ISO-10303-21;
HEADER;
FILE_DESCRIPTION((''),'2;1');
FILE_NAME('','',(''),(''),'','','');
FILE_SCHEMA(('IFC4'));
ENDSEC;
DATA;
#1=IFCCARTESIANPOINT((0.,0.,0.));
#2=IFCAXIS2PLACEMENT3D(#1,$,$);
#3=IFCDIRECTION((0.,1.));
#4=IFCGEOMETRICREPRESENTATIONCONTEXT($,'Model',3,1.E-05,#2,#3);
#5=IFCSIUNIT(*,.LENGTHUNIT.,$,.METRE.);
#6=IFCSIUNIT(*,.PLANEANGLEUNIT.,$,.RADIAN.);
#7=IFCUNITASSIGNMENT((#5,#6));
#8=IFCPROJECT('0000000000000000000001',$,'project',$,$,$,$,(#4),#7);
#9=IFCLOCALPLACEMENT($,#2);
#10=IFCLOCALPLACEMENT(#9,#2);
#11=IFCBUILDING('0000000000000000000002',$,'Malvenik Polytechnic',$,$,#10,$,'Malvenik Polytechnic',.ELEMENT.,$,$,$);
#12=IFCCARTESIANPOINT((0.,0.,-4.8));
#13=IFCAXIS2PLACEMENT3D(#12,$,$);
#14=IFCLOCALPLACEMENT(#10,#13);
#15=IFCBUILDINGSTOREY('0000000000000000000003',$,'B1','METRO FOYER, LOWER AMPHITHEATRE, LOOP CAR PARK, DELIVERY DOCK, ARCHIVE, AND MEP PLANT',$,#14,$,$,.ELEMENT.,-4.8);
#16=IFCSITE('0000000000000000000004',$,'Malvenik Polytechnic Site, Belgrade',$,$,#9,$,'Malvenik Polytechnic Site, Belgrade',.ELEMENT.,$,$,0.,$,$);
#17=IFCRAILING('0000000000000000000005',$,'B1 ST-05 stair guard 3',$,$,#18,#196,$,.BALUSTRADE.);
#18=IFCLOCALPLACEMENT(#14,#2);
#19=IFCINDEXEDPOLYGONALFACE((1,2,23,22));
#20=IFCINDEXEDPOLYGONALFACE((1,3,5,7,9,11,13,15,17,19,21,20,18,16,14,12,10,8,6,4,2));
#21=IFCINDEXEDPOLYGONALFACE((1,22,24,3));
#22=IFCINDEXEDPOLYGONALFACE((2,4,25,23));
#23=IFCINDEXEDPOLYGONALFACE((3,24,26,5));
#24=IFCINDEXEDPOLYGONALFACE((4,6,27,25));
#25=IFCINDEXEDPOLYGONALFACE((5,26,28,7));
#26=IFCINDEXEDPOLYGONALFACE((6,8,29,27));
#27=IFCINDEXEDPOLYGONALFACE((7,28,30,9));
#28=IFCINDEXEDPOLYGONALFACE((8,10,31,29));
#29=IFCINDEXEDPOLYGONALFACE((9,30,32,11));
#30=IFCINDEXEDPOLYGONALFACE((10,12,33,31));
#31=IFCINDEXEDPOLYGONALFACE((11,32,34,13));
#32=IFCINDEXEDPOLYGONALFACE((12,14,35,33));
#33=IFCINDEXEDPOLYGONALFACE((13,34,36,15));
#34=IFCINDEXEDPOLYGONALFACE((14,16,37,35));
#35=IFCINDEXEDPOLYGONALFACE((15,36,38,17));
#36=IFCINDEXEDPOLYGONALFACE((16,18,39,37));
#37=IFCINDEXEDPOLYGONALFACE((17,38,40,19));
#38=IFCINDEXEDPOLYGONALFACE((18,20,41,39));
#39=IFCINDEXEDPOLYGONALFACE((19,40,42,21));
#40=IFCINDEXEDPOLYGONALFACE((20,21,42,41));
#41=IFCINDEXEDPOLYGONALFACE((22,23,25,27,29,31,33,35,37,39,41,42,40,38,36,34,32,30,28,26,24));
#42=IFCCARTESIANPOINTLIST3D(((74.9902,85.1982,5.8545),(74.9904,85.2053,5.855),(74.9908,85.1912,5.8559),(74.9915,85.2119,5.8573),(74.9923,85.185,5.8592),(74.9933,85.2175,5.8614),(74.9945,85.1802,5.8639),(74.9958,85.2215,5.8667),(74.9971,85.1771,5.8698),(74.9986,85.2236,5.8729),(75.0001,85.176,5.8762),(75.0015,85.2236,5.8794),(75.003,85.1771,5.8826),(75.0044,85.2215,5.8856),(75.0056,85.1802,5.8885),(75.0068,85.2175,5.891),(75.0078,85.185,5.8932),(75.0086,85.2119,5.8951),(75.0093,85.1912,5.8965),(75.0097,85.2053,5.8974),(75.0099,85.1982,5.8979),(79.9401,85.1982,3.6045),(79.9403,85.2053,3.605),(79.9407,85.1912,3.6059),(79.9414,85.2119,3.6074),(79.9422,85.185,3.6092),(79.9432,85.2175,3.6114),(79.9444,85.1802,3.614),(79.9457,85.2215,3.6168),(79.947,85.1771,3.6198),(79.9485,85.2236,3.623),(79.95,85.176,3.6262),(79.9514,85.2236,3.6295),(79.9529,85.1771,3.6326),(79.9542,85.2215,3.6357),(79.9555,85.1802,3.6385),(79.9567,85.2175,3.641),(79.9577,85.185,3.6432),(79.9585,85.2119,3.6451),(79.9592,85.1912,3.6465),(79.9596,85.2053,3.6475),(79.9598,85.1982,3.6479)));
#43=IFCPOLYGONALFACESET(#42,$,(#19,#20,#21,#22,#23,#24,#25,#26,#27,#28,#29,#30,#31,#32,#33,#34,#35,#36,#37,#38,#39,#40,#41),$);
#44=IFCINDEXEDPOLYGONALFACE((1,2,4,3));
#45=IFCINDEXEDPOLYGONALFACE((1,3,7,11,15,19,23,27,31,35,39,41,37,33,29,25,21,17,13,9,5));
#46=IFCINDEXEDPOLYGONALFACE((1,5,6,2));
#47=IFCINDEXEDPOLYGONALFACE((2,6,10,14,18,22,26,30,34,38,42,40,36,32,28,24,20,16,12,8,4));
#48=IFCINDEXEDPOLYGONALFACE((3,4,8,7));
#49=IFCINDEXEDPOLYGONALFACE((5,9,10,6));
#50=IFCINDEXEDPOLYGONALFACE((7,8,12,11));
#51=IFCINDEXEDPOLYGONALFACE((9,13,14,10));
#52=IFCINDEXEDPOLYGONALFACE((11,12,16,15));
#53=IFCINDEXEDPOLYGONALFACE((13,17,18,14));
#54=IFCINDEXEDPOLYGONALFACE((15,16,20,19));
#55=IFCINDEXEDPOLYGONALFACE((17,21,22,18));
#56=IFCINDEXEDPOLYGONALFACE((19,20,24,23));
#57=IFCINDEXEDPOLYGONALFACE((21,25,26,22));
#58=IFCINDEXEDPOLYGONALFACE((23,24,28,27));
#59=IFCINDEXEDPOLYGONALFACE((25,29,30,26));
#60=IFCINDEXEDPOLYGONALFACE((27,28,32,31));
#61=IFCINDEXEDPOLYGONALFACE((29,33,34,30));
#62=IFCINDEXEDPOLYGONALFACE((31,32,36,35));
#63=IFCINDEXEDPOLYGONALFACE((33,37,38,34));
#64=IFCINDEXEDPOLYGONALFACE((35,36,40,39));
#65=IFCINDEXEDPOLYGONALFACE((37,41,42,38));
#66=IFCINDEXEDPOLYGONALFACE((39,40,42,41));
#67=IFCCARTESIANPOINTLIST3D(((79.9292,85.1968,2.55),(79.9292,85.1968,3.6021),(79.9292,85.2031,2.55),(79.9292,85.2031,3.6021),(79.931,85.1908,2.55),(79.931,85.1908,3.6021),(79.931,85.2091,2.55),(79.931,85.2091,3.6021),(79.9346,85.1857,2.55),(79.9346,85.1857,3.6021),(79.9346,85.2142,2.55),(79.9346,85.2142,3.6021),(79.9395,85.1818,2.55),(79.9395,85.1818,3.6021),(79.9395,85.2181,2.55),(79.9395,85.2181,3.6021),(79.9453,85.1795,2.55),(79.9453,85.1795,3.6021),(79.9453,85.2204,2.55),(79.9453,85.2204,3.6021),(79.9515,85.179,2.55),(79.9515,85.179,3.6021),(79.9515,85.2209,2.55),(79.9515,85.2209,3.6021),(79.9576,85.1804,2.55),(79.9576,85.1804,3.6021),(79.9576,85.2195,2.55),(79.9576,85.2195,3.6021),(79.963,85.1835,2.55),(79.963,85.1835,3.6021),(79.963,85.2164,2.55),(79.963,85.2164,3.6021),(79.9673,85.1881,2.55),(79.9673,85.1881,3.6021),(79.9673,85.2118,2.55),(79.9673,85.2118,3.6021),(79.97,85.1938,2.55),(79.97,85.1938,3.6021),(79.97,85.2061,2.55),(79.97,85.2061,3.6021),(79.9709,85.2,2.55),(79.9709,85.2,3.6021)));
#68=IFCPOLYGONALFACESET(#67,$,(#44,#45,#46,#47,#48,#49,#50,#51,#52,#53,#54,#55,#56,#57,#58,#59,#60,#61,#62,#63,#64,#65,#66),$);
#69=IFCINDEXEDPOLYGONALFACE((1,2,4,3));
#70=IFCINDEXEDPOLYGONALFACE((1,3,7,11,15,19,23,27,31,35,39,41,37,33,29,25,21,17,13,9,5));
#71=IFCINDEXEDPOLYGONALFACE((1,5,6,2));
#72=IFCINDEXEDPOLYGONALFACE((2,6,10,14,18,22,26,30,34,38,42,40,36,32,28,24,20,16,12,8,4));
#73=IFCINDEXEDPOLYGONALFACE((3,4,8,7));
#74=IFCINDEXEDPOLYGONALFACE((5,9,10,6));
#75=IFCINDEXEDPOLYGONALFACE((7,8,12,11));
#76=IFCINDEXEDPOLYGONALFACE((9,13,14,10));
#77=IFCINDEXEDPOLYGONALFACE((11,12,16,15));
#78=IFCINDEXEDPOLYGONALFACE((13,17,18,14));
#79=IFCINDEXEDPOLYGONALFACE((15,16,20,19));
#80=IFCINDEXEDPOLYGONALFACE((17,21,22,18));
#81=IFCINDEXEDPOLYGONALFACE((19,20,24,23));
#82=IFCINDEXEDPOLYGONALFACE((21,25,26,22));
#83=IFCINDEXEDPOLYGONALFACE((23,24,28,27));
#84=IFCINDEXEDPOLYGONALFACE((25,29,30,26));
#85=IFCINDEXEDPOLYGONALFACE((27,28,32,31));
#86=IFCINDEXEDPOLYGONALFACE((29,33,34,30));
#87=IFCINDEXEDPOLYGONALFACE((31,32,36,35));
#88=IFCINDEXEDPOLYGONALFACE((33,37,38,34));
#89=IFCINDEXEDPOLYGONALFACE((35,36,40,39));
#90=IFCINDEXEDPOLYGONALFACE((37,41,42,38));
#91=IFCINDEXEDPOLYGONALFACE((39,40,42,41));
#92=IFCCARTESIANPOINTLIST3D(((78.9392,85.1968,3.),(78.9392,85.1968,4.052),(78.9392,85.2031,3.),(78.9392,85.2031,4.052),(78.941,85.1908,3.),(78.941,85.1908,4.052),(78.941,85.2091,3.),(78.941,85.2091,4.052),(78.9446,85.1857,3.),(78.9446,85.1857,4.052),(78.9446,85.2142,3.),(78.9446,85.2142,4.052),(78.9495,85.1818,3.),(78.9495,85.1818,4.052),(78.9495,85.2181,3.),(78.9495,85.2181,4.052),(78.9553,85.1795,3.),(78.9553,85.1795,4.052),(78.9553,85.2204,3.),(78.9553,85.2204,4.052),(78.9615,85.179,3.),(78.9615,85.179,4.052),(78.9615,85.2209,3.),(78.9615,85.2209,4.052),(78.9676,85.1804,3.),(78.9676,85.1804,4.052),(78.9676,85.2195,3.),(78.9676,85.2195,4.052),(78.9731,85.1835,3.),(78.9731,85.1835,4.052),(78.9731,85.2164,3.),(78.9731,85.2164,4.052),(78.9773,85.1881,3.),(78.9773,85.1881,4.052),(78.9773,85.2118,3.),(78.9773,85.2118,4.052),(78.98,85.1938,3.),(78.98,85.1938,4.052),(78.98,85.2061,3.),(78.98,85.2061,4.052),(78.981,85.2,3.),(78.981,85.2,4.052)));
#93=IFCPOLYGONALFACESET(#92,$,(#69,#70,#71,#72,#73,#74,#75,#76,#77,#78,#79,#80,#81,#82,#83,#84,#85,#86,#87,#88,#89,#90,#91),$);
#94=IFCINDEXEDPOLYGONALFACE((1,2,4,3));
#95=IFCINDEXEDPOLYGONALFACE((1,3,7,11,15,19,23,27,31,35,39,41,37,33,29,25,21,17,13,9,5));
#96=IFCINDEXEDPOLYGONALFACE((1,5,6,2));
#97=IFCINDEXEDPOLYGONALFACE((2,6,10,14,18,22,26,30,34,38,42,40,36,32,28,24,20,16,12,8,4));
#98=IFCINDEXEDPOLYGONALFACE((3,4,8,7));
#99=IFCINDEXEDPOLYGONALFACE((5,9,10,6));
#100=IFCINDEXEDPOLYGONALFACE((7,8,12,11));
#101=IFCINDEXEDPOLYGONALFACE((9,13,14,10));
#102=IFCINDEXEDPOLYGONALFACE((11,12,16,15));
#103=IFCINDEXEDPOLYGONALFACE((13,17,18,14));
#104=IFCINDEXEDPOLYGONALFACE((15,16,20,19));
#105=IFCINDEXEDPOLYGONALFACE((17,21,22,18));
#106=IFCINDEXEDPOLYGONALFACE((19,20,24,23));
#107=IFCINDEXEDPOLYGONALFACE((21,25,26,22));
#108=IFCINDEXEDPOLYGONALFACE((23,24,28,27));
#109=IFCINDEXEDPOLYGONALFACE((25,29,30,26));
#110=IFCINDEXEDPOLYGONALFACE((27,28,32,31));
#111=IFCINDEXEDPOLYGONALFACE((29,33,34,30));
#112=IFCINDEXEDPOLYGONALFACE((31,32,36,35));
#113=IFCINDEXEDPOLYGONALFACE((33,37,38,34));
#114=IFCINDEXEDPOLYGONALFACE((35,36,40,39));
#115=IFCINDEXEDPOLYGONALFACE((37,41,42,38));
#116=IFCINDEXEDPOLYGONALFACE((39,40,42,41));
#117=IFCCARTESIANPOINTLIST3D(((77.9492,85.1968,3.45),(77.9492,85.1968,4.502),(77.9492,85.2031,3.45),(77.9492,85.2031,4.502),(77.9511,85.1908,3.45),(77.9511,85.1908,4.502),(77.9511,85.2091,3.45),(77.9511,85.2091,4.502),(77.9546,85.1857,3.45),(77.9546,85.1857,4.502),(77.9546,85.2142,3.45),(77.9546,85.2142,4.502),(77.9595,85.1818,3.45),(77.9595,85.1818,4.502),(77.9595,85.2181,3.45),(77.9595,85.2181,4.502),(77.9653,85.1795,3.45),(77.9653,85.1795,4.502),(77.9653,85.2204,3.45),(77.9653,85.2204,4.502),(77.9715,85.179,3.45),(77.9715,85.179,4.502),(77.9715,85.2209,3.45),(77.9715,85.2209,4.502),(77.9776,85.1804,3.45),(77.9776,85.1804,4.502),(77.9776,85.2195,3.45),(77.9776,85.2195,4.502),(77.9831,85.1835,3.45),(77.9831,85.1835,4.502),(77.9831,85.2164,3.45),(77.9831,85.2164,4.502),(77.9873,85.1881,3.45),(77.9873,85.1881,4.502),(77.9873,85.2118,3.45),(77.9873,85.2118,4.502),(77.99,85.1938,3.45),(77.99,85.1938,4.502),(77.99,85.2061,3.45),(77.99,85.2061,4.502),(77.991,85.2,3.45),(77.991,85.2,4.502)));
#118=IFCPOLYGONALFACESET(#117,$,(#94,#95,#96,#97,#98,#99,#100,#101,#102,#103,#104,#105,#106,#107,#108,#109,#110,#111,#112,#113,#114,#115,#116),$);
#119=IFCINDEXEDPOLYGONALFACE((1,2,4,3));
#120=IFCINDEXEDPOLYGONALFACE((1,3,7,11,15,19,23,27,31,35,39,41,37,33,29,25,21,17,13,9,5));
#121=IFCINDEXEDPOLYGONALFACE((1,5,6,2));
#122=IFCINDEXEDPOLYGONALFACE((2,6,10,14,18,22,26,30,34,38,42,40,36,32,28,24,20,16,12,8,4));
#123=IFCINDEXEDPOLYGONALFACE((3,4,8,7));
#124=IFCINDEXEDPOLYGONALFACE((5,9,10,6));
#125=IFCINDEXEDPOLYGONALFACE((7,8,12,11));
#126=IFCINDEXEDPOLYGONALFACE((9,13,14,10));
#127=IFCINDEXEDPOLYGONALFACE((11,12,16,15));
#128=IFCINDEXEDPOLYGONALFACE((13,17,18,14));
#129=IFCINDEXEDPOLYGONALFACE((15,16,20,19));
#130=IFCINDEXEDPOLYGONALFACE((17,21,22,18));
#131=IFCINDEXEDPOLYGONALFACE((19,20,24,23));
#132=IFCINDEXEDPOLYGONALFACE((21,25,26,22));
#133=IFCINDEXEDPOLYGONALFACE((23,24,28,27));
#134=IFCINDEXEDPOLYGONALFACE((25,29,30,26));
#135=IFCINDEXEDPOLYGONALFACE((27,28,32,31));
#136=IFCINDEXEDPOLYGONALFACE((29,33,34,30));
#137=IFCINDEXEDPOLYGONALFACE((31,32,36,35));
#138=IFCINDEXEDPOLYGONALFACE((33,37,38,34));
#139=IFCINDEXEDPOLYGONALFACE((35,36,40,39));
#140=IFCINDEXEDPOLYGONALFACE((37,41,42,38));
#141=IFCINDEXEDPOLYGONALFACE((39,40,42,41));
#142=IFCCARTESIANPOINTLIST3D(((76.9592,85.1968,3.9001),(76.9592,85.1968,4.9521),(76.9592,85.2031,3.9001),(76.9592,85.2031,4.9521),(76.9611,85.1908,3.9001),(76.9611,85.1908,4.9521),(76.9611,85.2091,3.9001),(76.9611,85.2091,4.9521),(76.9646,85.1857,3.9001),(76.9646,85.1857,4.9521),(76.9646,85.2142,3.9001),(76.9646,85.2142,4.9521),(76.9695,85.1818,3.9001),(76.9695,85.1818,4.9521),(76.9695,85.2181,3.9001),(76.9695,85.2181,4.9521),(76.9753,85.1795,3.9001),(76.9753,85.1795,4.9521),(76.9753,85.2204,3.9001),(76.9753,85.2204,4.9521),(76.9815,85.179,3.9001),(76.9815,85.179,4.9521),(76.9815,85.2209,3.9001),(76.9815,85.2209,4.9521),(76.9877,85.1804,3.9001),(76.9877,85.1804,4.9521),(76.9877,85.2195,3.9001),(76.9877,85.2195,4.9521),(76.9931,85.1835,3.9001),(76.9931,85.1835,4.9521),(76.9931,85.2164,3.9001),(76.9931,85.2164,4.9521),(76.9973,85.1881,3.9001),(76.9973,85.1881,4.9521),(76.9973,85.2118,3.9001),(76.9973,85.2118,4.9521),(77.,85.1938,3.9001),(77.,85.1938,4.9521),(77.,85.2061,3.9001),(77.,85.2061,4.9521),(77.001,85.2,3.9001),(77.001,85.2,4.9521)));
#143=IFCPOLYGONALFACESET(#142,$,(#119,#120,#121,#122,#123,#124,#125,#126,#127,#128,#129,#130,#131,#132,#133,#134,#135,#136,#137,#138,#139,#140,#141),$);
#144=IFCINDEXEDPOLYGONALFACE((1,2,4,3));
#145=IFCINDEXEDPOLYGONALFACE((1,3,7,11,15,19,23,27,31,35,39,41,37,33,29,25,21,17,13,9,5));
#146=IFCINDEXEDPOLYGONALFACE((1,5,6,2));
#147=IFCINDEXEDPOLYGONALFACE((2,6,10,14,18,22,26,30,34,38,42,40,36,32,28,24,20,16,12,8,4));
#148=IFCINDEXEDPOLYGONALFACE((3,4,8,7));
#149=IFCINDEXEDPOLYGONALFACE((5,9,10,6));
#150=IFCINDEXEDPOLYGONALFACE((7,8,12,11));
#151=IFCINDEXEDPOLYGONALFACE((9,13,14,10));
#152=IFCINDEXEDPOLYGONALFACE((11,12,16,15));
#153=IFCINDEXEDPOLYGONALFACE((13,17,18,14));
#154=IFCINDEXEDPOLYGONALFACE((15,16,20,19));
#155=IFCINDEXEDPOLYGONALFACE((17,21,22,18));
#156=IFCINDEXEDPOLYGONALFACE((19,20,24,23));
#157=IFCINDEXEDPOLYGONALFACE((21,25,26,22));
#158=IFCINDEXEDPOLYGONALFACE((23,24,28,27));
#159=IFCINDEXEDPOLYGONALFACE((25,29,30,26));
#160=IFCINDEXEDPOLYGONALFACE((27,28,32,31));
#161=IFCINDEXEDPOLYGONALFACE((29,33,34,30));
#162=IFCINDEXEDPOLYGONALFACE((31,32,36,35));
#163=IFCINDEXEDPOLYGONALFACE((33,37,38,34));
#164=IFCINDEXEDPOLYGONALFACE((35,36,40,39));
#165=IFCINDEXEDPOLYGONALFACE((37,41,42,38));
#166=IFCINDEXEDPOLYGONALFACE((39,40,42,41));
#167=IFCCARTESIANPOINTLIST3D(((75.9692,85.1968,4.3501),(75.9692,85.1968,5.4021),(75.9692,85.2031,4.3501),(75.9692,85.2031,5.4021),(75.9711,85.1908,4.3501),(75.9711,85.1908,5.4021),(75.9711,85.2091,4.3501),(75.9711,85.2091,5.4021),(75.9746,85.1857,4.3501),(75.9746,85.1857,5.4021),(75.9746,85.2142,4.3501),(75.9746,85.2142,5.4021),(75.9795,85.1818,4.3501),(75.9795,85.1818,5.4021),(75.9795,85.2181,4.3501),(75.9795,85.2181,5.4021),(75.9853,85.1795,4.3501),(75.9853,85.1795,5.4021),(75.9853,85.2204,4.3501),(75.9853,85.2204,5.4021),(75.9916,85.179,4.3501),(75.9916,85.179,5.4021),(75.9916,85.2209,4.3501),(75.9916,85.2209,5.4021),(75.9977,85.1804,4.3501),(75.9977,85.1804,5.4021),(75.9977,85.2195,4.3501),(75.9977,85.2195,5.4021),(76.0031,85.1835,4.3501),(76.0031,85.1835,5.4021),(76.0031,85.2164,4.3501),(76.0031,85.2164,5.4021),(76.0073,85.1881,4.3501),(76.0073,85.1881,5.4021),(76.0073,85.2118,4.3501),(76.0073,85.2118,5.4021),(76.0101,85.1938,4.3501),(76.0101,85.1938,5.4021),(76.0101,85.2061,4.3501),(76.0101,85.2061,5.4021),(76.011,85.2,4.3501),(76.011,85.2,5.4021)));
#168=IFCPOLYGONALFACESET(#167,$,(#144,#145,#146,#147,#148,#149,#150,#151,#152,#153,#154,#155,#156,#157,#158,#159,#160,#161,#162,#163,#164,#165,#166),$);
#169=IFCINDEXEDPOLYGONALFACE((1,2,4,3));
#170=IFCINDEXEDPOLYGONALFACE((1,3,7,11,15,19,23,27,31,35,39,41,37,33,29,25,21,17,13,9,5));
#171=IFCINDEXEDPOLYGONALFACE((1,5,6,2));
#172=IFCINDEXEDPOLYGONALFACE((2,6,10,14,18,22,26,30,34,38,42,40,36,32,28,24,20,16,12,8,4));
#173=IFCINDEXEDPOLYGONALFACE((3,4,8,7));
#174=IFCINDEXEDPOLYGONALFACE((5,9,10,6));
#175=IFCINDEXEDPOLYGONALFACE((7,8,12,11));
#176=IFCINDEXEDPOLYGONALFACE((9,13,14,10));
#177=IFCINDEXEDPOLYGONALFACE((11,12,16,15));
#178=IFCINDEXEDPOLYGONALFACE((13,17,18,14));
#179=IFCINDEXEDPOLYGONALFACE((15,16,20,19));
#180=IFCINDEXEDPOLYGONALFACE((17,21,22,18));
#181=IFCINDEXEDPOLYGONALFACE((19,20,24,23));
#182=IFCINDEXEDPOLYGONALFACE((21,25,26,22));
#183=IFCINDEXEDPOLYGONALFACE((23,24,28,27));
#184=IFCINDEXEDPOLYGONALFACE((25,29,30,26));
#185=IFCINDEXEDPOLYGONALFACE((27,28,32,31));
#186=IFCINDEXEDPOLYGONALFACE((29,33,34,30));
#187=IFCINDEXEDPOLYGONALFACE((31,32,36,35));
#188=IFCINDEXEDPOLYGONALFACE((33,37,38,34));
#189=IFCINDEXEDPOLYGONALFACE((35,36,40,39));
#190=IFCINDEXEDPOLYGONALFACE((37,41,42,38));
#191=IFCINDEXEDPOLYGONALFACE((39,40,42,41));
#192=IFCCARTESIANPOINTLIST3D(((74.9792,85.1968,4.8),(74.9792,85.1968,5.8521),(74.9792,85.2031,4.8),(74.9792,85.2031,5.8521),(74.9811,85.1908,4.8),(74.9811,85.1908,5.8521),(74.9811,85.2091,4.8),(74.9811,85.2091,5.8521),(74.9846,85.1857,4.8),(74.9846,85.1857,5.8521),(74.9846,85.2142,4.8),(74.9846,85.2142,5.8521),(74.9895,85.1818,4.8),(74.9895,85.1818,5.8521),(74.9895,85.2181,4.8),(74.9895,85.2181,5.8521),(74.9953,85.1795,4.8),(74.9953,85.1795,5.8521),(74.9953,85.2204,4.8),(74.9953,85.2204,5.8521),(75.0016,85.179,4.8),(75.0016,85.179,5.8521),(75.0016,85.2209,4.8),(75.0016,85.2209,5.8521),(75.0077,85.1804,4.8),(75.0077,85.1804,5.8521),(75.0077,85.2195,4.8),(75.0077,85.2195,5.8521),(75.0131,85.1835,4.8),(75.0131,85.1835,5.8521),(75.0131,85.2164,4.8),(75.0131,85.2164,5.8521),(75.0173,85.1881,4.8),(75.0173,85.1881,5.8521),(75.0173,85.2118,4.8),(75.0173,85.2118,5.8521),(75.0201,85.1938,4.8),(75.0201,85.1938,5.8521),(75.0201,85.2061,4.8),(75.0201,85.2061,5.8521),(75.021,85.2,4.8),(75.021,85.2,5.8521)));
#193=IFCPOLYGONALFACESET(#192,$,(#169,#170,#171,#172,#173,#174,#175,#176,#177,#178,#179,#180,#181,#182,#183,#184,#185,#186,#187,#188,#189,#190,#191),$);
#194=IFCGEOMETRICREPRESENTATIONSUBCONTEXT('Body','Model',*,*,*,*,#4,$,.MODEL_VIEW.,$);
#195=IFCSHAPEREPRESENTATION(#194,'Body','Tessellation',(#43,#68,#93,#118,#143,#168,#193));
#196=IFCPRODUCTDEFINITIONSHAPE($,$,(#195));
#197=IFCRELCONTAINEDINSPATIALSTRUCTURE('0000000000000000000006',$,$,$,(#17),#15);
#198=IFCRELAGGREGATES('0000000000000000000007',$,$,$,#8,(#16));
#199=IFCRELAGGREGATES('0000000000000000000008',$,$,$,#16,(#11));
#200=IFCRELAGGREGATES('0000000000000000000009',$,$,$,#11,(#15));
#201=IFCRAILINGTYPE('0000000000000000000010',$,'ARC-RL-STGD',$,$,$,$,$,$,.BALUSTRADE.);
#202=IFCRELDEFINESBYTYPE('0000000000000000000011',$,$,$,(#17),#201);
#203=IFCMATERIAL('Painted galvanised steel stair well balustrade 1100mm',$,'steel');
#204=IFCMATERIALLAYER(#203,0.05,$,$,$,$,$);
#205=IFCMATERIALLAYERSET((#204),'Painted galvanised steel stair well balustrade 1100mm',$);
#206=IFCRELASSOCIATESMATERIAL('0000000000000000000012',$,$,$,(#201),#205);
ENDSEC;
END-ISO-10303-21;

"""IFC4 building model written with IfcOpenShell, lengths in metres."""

from ifc_helpers import new_model, si_unit, direction, frame, origin, origin_2d, place, context, subcontext, project, spatial, circle, extrude, material, layer, layer_set, type_object, element, save


model = new_model("IFC4")

# Units and contexts
model_context = context("Model", 3, precision=1e-05, world=origin(), true_north=direction((0.0, 1.0)))
body_context = subcontext(model_context, "Body", "Model", "MODEL_VIEW")
ifc_project = project(units=[si_unit("LENGTHUNIT", "METRE"), si_unit("PLANEANGLEUNIT", "RADIAN")], contexts=[model_context])

# Site, building, storey
site_placement = place(None, origin())
site = spatial("IfcSite", under=ifc_project, at=site_placement, Name="Malvenik Polytechnic Site, Belgrade", LongName="Malvenik Polytechnic Site, Belgrade", CompositionType="ELEMENT", RefElevation=0.0)
building_placement = place(site_placement, origin())
building = spatial("IfcBuilding", under=site, at=building_placement, Name="Malvenik Polytechnic", LongName="Malvenik Polytechnic", CompositionType="ELEMENT")
storey_placement = place(building_placement, frame((0.0, 0.0, -4.8)))
storey = spatial("IfcBuildingStorey", under=building, at=storey_placement, Name="B1", Description="METRO FOYER, LOWER AMPHITHEATRE, LOOP CAR PARK, DELIVERY DOCK, ARCHIVE, AND MEP PLANT", CompositionType="ELEMENT", Elevation=-4.8)

# Railing
ifc_material_1 = material(Name="Painted galvanised steel stair well balustrade 1100mm", Category="steel")
ifc_layer_1 = layer(ifc_material_1, 0.05)
ifc_layer_set_1 = layer_set([ifc_layer_1], Name="Painted galvanised steel stair well balustrade 1100mm")
railing_type_1 = type_object("IfcRailingType", Name="ARC-RL-STGD", PredefinedType="BALUSTRADE", material=ifc_layer_set_1)
railing_1_placement = place(storey_placement, frame((79.95, 85.2, 2.55)))
element("IfcRailing", 1, at=railing_1_placement, inside=storey, type_object=railing_type_1, Name="B1 ST-05 stair guard 3", PredefinedType="BALUSTRADE", context=body_context, shape_type="SweptSolid", body=[
    extrude(circle(Radius=0.0239, at=origin_2d()), frame((0.0, 0.0, 1.0762), z_axis=(-0.910365, 0.0, 0.413806), x_axis=(0.0, -1.0, 0.0)), (0.0, 0.0, 1.0), 5.4373),
    extrude(circle(Radius=0.021, at=origin_2d()), origin(), (0.0, 0.0, 1.0), 1.052),
    extrude(circle(Radius=0.021, at=origin_2d()), frame((-0.99, 0.0, 0.45)), (0.0, 0.0, 1.0), 1.052),
    extrude(circle(Radius=0.021, at=origin_2d()), frame((-1.98, 0.0, 0.8999)), (0.0, 0.0, 1.0), 1.052),
    extrude(circle(Radius=0.021, at=origin_2d()), frame((-2.97, 0.0, 1.3501)), (0.0, 0.0, 1.0), 1.052),
    extrude(circle(Radius=0.021, at=origin_2d()), frame((-3.96, 0.0, 1.8)), (0.0, 0.0, 1.0), 1.052),
    extrude(circle(Radius=0.021, at=origin_2d()), frame((-4.95, 0.0, 2.25)), (0.0, 0.0, 1.0), 1.052),
])

save(model, "model.ifc")
